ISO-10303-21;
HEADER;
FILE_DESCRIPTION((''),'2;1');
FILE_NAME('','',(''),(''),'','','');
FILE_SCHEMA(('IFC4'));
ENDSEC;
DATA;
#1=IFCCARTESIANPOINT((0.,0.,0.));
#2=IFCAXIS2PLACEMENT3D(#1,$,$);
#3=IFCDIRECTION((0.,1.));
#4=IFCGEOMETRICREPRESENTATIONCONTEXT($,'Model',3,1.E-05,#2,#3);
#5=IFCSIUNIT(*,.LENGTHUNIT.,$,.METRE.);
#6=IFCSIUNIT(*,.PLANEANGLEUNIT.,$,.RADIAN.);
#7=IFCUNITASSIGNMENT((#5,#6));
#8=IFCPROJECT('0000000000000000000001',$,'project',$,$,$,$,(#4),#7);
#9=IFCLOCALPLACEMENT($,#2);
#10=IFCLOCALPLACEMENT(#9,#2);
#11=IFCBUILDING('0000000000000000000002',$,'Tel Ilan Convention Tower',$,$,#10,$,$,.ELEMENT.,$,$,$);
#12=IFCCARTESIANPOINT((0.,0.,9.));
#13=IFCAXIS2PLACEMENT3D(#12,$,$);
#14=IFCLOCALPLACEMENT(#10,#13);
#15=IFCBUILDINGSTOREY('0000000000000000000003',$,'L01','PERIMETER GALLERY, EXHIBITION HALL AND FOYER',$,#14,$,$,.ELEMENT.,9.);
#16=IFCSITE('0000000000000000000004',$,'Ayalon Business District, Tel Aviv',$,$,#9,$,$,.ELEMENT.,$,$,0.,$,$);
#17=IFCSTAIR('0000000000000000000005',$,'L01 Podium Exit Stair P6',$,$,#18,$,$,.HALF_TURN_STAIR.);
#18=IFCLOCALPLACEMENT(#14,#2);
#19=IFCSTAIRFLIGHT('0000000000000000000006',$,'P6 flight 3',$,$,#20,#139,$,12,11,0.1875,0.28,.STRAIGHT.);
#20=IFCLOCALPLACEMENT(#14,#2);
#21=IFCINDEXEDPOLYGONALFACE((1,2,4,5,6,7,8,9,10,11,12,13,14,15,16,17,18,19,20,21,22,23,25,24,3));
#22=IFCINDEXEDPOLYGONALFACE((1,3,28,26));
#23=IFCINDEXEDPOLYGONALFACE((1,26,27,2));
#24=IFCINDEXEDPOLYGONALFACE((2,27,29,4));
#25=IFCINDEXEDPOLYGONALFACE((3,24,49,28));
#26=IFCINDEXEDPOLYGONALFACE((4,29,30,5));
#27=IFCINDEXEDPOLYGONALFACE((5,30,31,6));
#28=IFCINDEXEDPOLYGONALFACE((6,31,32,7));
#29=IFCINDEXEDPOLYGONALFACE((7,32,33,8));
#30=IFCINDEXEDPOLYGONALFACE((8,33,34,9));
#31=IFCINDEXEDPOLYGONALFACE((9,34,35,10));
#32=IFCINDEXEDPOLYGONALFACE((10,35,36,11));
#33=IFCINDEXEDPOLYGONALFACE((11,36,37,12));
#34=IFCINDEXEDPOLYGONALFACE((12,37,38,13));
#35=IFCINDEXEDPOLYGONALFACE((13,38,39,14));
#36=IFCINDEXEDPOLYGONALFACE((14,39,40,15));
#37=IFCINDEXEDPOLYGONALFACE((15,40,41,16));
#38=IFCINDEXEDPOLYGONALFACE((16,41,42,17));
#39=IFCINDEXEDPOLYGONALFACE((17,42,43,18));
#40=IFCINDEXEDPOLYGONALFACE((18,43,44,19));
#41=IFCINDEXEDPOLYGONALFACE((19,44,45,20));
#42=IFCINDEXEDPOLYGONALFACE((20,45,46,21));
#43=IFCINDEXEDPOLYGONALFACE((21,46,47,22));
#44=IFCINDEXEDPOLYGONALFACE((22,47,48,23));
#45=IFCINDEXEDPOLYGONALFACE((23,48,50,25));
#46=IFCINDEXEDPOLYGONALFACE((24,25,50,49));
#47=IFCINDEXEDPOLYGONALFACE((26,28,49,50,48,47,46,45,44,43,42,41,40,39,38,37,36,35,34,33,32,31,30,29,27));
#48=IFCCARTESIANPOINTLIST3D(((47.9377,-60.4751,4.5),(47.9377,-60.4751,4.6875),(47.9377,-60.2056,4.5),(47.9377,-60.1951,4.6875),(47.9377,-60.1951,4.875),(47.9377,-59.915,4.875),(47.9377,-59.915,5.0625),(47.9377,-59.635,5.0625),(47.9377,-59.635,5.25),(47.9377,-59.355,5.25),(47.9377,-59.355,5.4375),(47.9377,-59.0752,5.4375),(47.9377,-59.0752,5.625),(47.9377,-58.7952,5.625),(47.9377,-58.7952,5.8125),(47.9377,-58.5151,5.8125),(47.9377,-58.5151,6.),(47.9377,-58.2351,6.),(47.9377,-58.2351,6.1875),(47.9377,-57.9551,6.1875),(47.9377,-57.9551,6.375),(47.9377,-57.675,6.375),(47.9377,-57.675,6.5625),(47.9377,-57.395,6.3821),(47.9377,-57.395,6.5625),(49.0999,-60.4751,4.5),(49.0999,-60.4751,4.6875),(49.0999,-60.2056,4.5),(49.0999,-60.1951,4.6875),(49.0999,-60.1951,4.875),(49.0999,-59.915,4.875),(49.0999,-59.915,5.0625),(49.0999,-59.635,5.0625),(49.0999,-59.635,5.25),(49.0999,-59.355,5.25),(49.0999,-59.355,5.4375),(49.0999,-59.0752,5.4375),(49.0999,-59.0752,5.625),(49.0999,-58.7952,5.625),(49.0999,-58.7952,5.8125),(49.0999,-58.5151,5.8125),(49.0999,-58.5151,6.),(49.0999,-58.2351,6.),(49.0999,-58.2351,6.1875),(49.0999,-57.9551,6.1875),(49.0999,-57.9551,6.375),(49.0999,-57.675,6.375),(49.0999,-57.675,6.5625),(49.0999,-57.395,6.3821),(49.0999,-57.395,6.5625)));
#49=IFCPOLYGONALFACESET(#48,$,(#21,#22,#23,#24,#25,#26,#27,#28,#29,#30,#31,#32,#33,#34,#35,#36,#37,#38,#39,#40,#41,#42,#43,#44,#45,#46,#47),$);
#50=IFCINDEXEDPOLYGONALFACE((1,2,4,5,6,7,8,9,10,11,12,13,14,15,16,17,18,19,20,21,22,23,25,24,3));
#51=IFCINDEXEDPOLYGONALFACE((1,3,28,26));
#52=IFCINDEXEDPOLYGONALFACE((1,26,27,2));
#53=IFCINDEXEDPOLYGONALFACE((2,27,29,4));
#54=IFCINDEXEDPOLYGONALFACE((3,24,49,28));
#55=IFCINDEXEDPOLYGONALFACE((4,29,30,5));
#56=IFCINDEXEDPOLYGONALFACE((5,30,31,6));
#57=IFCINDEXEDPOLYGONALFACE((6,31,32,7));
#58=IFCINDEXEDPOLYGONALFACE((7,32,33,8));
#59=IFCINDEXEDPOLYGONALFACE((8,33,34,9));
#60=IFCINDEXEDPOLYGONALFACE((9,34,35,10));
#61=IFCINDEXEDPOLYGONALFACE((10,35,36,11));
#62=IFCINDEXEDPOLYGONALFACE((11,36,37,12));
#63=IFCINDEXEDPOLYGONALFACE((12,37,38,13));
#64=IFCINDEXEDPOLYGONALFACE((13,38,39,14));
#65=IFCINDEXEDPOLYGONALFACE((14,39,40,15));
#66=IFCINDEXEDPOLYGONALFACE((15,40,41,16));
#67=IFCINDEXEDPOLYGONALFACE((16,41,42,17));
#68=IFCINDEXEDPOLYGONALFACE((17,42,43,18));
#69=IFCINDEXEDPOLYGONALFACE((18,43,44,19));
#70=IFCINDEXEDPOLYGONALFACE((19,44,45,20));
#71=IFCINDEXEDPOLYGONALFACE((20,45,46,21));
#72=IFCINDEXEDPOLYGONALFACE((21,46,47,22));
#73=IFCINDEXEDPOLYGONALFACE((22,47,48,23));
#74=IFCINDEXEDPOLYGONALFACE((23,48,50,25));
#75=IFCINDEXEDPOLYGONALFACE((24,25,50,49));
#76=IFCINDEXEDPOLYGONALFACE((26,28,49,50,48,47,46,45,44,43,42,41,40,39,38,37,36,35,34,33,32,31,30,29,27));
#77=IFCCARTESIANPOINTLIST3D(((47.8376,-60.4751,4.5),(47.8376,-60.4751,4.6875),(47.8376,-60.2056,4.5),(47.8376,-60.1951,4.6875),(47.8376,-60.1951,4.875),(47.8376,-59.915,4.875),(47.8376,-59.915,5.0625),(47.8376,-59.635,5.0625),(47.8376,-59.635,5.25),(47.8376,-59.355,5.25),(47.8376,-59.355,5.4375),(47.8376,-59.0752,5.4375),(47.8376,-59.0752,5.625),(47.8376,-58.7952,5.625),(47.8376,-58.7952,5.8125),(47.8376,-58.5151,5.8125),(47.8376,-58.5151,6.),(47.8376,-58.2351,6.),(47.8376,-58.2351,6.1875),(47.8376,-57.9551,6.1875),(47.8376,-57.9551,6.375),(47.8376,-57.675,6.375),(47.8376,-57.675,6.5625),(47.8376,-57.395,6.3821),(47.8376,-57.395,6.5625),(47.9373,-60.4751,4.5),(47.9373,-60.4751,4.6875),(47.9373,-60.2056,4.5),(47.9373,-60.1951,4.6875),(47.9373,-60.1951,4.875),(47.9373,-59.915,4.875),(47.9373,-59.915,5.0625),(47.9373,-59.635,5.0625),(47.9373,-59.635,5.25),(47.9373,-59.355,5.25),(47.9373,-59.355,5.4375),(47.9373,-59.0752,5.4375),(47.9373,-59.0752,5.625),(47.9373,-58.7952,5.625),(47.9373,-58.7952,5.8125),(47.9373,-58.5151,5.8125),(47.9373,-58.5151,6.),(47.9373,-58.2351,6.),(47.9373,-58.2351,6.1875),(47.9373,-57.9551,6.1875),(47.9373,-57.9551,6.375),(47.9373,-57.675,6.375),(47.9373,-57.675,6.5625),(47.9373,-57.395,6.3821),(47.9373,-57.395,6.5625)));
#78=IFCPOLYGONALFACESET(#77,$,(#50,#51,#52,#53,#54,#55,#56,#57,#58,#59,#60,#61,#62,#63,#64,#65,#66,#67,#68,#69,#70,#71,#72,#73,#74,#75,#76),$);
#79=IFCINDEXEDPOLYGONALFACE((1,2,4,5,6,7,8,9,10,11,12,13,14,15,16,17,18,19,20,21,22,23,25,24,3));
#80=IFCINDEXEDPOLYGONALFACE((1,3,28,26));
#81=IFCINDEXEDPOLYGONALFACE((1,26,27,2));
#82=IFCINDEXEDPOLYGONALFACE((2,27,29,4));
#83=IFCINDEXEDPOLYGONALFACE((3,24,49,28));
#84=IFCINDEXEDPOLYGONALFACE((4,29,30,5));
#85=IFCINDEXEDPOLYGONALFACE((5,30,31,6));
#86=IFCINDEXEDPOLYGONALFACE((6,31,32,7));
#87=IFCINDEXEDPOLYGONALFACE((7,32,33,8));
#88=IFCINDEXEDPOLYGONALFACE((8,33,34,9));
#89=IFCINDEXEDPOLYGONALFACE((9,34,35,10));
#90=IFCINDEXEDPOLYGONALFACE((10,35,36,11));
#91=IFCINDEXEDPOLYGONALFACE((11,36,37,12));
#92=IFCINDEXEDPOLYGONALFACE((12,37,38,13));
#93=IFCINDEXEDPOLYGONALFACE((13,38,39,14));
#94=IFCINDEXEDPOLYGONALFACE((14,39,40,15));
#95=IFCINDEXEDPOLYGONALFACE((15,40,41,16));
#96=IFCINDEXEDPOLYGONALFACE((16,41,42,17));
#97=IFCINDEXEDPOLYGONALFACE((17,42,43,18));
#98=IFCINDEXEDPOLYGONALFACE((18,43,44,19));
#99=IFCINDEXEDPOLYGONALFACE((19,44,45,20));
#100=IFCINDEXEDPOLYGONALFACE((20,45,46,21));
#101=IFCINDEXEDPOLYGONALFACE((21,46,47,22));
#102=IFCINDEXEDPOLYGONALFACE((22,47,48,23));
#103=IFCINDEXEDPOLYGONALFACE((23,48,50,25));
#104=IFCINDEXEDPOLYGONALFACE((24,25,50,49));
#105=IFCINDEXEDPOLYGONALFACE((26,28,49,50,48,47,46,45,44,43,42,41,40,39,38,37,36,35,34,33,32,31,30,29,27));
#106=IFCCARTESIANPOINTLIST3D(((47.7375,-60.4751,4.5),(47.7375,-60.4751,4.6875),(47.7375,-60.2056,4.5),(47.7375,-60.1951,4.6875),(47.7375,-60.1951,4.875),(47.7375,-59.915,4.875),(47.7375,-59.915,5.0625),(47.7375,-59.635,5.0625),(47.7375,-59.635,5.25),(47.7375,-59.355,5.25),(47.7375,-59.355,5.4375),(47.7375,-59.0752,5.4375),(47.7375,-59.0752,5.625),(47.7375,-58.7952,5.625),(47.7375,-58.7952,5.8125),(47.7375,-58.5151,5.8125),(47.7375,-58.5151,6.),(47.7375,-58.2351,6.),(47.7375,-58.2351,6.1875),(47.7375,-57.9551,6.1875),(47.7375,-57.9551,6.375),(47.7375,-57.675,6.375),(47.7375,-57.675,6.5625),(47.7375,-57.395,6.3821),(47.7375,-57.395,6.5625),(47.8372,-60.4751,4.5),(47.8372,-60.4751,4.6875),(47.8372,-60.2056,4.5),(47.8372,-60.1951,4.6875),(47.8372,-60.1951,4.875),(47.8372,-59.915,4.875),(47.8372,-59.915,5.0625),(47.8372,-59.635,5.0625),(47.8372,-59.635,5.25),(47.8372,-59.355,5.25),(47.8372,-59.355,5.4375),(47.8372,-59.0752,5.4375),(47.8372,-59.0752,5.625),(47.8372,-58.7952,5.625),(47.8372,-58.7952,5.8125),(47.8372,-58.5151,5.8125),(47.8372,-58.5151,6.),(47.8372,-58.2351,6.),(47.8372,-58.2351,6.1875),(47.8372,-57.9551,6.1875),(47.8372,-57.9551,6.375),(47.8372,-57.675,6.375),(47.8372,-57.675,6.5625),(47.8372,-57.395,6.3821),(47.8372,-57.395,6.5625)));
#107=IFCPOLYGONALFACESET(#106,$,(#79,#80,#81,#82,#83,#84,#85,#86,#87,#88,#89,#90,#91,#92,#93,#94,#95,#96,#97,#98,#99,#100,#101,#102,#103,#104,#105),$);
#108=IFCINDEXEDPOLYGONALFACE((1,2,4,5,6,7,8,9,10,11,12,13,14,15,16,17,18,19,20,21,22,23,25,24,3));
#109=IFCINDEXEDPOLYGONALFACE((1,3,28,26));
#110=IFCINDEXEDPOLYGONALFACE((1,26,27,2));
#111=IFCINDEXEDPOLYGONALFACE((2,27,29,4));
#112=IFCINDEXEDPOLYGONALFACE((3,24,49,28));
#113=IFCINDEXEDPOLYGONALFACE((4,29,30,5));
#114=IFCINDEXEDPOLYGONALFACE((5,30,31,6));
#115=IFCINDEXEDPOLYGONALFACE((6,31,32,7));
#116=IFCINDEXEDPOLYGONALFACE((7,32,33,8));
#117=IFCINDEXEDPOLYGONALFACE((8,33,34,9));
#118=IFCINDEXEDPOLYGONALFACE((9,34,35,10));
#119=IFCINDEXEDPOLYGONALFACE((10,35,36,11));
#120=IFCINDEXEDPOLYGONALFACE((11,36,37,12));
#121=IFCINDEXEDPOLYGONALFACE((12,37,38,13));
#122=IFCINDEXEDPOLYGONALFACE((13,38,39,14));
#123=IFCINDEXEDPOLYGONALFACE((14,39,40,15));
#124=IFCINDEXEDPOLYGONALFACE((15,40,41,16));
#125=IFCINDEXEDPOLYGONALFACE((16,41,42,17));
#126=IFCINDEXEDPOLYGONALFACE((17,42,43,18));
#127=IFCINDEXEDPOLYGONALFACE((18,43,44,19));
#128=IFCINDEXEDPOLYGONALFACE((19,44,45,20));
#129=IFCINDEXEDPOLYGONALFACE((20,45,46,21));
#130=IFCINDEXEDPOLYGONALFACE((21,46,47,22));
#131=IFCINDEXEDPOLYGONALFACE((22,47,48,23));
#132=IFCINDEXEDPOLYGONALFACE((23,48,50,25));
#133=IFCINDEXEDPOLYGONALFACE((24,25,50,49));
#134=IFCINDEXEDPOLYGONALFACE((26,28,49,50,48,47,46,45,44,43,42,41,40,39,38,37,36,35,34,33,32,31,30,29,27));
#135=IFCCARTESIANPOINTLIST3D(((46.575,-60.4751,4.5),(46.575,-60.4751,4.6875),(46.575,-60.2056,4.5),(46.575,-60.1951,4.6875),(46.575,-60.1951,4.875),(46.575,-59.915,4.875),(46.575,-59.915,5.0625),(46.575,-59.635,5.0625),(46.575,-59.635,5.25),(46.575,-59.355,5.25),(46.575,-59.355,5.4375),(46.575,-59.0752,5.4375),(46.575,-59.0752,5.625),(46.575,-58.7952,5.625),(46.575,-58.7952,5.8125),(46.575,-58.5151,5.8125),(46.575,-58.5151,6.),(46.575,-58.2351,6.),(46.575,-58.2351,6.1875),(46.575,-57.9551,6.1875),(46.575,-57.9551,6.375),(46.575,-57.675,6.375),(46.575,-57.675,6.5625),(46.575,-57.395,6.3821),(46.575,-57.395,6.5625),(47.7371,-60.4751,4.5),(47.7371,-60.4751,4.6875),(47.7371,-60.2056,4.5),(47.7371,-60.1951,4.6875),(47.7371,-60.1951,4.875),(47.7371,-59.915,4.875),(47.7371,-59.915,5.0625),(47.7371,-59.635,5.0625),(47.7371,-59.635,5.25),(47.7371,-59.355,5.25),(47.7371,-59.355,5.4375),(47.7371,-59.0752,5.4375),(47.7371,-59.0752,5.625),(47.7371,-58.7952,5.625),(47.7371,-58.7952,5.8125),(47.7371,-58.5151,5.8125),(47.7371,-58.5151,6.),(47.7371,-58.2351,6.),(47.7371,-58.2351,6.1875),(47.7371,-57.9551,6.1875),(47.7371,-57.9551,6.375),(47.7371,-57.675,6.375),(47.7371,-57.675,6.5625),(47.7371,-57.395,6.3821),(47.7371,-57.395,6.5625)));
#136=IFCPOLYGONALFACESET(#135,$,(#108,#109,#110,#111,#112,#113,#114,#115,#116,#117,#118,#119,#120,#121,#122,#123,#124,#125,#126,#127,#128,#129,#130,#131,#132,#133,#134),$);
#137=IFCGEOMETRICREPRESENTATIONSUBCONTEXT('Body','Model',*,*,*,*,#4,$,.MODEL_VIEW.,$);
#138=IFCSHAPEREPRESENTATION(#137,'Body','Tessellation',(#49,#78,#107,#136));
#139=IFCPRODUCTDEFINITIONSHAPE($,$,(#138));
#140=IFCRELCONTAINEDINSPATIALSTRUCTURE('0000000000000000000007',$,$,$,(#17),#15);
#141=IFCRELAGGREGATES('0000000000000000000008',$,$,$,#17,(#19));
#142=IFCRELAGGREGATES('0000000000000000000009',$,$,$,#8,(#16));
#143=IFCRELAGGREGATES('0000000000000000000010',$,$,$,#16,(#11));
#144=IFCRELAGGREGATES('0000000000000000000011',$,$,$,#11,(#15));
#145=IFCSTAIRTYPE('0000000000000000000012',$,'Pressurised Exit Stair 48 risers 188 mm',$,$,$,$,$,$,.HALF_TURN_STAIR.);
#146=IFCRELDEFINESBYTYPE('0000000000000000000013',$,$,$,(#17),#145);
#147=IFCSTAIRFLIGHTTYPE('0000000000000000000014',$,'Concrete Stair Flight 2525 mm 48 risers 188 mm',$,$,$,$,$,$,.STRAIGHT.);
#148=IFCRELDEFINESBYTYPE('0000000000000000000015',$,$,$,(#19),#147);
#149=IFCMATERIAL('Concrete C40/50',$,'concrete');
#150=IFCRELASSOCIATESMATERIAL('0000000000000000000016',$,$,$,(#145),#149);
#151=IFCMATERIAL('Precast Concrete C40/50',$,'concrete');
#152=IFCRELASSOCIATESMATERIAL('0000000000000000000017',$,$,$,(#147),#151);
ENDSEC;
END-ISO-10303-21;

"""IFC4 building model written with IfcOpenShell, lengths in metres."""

from ifc_helpers import new_model, si_unit, direction, frame, origin, place, context, subcontext, project, spatial, polyline, outline, extrude, material, type_object, element, aggregate, save


model = new_model("IFC4")

# Units and contexts
model_context = context("Model", 3, precision=1e-05, world=origin(), true_north=direction((0.0, 1.0)))
body_context = subcontext(model_context, "Body", "Model", "MODEL_VIEW")
ifc_project = project(units=[si_unit("LENGTHUNIT", "METRE"), si_unit("PLANEANGLEUNIT", "RADIAN")], contexts=[model_context])

# Site, building, storey
site_placement = place(None, origin())
site = spatial("IfcSite", under=ifc_project, at=site_placement, Name="Ayalon Business District, Tel Aviv", CompositionType="ELEMENT", RefElevation=0.0)
building_placement = place(site_placement, origin())
building = spatial("IfcBuilding", under=site, at=building_placement, Name="Tel Ilan Convention Tower", CompositionType="ELEMENT")
storey_placement = place(building_placement, frame((0.0, 0.0, 9.0)))
storey = spatial("IfcBuildingStorey", under=building, at=storey_placement, Name="L01", Description="PERIMETER GALLERY, EXHIBITION HALL AND FOYER", CompositionType="ELEMENT", Elevation=9.0)

# Stair, stair flight
ifc_material_1 = material(Name="Concrete C40/50", Category="concrete")
stair_type = type_object("IfcStairType", Name="Pressurised Exit Stair 48 risers 188 mm", PredefinedType="HALF_TURN_STAIR", material=ifc_material_1)
stair_1_placement = place(storey_placement, origin())
stair_1 = element("IfcStair", 1, at=stair_1_placement, inside=storey, type_object=stair_type, Name="L01 Podium Exit Stair P6", PredefinedType="HALF_TURN_STAIR")
ifc_material_2 = material(Name="Precast Concrete C40/50", Category="concrete")
stair_flight_type = type_object("IfcStairFlightType", Name="Concrete Stair Flight 2525 mm 48 risers 188 mm", PredefinedType="STRAIGHT", material=ifc_material_2)
stair_flight_1_placement = place(storey_placement, frame((47.8374, -60.4751, 4.5), z_axis=(0.0, 0.0, 1.0), x_axis=(0.0, 1.0, 0.0)))
stair_flight_1 = element("IfcStairFlight", 2, at=stair_flight_1_placement, type_object=stair_flight_type, Name="P6 flight 3", NumberOfRisers=12, NumberOfTreads=11, PredefinedType="STRAIGHT", RiserHeight=0.1875, TreadLength=0.28, context=body_context, shape_type="SweptSolid", body=[
    extrude(outline(polyline([(0.0, 0.0), (0.0, 0.1875), (0.28, 0.1875), (0.28, 0.375), (0.5601, 0.375), (0.5601, 0.5625), (0.8401, 0.5625), (0.8401, 0.75), (1.1201, 0.75), (1.1201, 0.9375), (1.3999, 0.9375), (1.3999, 1.125), (1.6799, 1.125), (1.6799, 1.3125), (1.96, 1.3125), (1.96, 1.5), (2.24, 1.5), (2.24, 1.6875), (2.52, 1.6875), (2.52, 1.875), (2.8, 1.875), (2.8, 2.0625), (3.0801, 2.0625), (3.0801, 2.25), (3.0801, 1.8821), (0.2695, 0.0), (0.0, 0.0)])), frame((0.0, -0.1003, 0.0), z_axis=(0.0, -1.0, 0.0), x_axis=(1.0, 0.0, 0.0)), (0.0, 0.0, 1.0), 1.1621),
    extrude(outline(polyline([(0.0, 0.0), (0.0, 0.1875), (0.28, 0.1875), (0.28, 0.375), (0.5601, 0.375), (0.5601, 0.5625), (0.8401, 0.5625), (0.8401, 0.75), (1.1201, 0.75), (1.1201, 0.9375), (1.3999, 0.9375), (1.3999, 1.125), (1.6799, 1.125), (1.6799, 1.3125), (1.96, 1.3125), (1.96, 1.5), (2.24, 1.5), (2.24, 1.6875), (2.52, 1.6875), (2.52, 1.875), (2.8, 1.875), (2.8, 2.0625), (3.0801, 2.0625), (3.0801, 2.25), (3.0801, 1.8821), (0.2695, 0.0), (0.0, 0.0)])), frame((0.0, -0.0002, 0.0), z_axis=(0.0, -1.0, 0.0), x_axis=(1.0, 0.0, 0.0)), (0.0, 0.0, 1.0), 0.0996),
    extrude(outline(polyline([(0.0, 0.0), (0.0, 0.1875), (0.28, 0.1875), (0.28, 0.375), (0.5601, 0.375), (0.5601, 0.5625), (0.8401, 0.5625), (0.8401, 0.75), (1.1201, 0.75), (1.1201, 0.9375), (1.3999, 0.9375), (1.3999, 1.125), (1.6799, 1.125), (1.6799, 1.3125), (1.96, 1.3125), (1.96, 1.5), (2.24, 1.5), (2.24, 1.6875), (2.52, 1.6875), (2.52, 1.875), (2.8, 1.875), (2.8, 2.0625), (3.0801, 2.0625), (3.0801, 2.25), (3.0801, 1.8821), (0.2695, 0.0), (0.0, 0.0)])), frame((0.0, 0.0999, 0.0), z_axis=(0.0, -1.0, 0.0), x_axis=(1.0, 0.0, 0.0)), (0.0, 0.0, 1.0), 0.0996),
    extrude(outline(polyline([(0.0, 0.0), (0.0, 0.1875), (0.28, 0.1875), (0.28, 0.375), (0.5601, 0.375), (0.5601, 0.5625), (0.8401, 0.5625), (0.8401, 0.75), (1.1201, 0.75), (1.1201, 0.9375), (1.3999, 0.9375), (1.3999, 1.125), (1.6799, 1.125), (1.6799, 1.3125), (1.96, 1.3125), (1.96, 1.5), (2.24, 1.5), (2.24, 1.6875), (2.52, 1.6875), (2.52, 1.875), (2.8, 1.875), (2.8, 2.0625), (3.0801, 2.0625), (3.0801, 2.25), (3.0801, 1.8821), (0.2695, 0.0), (0.0, 0.0)])), frame((0.0, 1.2625, 0.0), z_axis=(0.0, -1.0, 0.0), x_axis=(1.0, 0.0, 0.0)), (0.0, 0.0, 1.0), 1.1621),
])
aggregate(stair_1, [stair_flight_1])

save(model, "model.ifc")
